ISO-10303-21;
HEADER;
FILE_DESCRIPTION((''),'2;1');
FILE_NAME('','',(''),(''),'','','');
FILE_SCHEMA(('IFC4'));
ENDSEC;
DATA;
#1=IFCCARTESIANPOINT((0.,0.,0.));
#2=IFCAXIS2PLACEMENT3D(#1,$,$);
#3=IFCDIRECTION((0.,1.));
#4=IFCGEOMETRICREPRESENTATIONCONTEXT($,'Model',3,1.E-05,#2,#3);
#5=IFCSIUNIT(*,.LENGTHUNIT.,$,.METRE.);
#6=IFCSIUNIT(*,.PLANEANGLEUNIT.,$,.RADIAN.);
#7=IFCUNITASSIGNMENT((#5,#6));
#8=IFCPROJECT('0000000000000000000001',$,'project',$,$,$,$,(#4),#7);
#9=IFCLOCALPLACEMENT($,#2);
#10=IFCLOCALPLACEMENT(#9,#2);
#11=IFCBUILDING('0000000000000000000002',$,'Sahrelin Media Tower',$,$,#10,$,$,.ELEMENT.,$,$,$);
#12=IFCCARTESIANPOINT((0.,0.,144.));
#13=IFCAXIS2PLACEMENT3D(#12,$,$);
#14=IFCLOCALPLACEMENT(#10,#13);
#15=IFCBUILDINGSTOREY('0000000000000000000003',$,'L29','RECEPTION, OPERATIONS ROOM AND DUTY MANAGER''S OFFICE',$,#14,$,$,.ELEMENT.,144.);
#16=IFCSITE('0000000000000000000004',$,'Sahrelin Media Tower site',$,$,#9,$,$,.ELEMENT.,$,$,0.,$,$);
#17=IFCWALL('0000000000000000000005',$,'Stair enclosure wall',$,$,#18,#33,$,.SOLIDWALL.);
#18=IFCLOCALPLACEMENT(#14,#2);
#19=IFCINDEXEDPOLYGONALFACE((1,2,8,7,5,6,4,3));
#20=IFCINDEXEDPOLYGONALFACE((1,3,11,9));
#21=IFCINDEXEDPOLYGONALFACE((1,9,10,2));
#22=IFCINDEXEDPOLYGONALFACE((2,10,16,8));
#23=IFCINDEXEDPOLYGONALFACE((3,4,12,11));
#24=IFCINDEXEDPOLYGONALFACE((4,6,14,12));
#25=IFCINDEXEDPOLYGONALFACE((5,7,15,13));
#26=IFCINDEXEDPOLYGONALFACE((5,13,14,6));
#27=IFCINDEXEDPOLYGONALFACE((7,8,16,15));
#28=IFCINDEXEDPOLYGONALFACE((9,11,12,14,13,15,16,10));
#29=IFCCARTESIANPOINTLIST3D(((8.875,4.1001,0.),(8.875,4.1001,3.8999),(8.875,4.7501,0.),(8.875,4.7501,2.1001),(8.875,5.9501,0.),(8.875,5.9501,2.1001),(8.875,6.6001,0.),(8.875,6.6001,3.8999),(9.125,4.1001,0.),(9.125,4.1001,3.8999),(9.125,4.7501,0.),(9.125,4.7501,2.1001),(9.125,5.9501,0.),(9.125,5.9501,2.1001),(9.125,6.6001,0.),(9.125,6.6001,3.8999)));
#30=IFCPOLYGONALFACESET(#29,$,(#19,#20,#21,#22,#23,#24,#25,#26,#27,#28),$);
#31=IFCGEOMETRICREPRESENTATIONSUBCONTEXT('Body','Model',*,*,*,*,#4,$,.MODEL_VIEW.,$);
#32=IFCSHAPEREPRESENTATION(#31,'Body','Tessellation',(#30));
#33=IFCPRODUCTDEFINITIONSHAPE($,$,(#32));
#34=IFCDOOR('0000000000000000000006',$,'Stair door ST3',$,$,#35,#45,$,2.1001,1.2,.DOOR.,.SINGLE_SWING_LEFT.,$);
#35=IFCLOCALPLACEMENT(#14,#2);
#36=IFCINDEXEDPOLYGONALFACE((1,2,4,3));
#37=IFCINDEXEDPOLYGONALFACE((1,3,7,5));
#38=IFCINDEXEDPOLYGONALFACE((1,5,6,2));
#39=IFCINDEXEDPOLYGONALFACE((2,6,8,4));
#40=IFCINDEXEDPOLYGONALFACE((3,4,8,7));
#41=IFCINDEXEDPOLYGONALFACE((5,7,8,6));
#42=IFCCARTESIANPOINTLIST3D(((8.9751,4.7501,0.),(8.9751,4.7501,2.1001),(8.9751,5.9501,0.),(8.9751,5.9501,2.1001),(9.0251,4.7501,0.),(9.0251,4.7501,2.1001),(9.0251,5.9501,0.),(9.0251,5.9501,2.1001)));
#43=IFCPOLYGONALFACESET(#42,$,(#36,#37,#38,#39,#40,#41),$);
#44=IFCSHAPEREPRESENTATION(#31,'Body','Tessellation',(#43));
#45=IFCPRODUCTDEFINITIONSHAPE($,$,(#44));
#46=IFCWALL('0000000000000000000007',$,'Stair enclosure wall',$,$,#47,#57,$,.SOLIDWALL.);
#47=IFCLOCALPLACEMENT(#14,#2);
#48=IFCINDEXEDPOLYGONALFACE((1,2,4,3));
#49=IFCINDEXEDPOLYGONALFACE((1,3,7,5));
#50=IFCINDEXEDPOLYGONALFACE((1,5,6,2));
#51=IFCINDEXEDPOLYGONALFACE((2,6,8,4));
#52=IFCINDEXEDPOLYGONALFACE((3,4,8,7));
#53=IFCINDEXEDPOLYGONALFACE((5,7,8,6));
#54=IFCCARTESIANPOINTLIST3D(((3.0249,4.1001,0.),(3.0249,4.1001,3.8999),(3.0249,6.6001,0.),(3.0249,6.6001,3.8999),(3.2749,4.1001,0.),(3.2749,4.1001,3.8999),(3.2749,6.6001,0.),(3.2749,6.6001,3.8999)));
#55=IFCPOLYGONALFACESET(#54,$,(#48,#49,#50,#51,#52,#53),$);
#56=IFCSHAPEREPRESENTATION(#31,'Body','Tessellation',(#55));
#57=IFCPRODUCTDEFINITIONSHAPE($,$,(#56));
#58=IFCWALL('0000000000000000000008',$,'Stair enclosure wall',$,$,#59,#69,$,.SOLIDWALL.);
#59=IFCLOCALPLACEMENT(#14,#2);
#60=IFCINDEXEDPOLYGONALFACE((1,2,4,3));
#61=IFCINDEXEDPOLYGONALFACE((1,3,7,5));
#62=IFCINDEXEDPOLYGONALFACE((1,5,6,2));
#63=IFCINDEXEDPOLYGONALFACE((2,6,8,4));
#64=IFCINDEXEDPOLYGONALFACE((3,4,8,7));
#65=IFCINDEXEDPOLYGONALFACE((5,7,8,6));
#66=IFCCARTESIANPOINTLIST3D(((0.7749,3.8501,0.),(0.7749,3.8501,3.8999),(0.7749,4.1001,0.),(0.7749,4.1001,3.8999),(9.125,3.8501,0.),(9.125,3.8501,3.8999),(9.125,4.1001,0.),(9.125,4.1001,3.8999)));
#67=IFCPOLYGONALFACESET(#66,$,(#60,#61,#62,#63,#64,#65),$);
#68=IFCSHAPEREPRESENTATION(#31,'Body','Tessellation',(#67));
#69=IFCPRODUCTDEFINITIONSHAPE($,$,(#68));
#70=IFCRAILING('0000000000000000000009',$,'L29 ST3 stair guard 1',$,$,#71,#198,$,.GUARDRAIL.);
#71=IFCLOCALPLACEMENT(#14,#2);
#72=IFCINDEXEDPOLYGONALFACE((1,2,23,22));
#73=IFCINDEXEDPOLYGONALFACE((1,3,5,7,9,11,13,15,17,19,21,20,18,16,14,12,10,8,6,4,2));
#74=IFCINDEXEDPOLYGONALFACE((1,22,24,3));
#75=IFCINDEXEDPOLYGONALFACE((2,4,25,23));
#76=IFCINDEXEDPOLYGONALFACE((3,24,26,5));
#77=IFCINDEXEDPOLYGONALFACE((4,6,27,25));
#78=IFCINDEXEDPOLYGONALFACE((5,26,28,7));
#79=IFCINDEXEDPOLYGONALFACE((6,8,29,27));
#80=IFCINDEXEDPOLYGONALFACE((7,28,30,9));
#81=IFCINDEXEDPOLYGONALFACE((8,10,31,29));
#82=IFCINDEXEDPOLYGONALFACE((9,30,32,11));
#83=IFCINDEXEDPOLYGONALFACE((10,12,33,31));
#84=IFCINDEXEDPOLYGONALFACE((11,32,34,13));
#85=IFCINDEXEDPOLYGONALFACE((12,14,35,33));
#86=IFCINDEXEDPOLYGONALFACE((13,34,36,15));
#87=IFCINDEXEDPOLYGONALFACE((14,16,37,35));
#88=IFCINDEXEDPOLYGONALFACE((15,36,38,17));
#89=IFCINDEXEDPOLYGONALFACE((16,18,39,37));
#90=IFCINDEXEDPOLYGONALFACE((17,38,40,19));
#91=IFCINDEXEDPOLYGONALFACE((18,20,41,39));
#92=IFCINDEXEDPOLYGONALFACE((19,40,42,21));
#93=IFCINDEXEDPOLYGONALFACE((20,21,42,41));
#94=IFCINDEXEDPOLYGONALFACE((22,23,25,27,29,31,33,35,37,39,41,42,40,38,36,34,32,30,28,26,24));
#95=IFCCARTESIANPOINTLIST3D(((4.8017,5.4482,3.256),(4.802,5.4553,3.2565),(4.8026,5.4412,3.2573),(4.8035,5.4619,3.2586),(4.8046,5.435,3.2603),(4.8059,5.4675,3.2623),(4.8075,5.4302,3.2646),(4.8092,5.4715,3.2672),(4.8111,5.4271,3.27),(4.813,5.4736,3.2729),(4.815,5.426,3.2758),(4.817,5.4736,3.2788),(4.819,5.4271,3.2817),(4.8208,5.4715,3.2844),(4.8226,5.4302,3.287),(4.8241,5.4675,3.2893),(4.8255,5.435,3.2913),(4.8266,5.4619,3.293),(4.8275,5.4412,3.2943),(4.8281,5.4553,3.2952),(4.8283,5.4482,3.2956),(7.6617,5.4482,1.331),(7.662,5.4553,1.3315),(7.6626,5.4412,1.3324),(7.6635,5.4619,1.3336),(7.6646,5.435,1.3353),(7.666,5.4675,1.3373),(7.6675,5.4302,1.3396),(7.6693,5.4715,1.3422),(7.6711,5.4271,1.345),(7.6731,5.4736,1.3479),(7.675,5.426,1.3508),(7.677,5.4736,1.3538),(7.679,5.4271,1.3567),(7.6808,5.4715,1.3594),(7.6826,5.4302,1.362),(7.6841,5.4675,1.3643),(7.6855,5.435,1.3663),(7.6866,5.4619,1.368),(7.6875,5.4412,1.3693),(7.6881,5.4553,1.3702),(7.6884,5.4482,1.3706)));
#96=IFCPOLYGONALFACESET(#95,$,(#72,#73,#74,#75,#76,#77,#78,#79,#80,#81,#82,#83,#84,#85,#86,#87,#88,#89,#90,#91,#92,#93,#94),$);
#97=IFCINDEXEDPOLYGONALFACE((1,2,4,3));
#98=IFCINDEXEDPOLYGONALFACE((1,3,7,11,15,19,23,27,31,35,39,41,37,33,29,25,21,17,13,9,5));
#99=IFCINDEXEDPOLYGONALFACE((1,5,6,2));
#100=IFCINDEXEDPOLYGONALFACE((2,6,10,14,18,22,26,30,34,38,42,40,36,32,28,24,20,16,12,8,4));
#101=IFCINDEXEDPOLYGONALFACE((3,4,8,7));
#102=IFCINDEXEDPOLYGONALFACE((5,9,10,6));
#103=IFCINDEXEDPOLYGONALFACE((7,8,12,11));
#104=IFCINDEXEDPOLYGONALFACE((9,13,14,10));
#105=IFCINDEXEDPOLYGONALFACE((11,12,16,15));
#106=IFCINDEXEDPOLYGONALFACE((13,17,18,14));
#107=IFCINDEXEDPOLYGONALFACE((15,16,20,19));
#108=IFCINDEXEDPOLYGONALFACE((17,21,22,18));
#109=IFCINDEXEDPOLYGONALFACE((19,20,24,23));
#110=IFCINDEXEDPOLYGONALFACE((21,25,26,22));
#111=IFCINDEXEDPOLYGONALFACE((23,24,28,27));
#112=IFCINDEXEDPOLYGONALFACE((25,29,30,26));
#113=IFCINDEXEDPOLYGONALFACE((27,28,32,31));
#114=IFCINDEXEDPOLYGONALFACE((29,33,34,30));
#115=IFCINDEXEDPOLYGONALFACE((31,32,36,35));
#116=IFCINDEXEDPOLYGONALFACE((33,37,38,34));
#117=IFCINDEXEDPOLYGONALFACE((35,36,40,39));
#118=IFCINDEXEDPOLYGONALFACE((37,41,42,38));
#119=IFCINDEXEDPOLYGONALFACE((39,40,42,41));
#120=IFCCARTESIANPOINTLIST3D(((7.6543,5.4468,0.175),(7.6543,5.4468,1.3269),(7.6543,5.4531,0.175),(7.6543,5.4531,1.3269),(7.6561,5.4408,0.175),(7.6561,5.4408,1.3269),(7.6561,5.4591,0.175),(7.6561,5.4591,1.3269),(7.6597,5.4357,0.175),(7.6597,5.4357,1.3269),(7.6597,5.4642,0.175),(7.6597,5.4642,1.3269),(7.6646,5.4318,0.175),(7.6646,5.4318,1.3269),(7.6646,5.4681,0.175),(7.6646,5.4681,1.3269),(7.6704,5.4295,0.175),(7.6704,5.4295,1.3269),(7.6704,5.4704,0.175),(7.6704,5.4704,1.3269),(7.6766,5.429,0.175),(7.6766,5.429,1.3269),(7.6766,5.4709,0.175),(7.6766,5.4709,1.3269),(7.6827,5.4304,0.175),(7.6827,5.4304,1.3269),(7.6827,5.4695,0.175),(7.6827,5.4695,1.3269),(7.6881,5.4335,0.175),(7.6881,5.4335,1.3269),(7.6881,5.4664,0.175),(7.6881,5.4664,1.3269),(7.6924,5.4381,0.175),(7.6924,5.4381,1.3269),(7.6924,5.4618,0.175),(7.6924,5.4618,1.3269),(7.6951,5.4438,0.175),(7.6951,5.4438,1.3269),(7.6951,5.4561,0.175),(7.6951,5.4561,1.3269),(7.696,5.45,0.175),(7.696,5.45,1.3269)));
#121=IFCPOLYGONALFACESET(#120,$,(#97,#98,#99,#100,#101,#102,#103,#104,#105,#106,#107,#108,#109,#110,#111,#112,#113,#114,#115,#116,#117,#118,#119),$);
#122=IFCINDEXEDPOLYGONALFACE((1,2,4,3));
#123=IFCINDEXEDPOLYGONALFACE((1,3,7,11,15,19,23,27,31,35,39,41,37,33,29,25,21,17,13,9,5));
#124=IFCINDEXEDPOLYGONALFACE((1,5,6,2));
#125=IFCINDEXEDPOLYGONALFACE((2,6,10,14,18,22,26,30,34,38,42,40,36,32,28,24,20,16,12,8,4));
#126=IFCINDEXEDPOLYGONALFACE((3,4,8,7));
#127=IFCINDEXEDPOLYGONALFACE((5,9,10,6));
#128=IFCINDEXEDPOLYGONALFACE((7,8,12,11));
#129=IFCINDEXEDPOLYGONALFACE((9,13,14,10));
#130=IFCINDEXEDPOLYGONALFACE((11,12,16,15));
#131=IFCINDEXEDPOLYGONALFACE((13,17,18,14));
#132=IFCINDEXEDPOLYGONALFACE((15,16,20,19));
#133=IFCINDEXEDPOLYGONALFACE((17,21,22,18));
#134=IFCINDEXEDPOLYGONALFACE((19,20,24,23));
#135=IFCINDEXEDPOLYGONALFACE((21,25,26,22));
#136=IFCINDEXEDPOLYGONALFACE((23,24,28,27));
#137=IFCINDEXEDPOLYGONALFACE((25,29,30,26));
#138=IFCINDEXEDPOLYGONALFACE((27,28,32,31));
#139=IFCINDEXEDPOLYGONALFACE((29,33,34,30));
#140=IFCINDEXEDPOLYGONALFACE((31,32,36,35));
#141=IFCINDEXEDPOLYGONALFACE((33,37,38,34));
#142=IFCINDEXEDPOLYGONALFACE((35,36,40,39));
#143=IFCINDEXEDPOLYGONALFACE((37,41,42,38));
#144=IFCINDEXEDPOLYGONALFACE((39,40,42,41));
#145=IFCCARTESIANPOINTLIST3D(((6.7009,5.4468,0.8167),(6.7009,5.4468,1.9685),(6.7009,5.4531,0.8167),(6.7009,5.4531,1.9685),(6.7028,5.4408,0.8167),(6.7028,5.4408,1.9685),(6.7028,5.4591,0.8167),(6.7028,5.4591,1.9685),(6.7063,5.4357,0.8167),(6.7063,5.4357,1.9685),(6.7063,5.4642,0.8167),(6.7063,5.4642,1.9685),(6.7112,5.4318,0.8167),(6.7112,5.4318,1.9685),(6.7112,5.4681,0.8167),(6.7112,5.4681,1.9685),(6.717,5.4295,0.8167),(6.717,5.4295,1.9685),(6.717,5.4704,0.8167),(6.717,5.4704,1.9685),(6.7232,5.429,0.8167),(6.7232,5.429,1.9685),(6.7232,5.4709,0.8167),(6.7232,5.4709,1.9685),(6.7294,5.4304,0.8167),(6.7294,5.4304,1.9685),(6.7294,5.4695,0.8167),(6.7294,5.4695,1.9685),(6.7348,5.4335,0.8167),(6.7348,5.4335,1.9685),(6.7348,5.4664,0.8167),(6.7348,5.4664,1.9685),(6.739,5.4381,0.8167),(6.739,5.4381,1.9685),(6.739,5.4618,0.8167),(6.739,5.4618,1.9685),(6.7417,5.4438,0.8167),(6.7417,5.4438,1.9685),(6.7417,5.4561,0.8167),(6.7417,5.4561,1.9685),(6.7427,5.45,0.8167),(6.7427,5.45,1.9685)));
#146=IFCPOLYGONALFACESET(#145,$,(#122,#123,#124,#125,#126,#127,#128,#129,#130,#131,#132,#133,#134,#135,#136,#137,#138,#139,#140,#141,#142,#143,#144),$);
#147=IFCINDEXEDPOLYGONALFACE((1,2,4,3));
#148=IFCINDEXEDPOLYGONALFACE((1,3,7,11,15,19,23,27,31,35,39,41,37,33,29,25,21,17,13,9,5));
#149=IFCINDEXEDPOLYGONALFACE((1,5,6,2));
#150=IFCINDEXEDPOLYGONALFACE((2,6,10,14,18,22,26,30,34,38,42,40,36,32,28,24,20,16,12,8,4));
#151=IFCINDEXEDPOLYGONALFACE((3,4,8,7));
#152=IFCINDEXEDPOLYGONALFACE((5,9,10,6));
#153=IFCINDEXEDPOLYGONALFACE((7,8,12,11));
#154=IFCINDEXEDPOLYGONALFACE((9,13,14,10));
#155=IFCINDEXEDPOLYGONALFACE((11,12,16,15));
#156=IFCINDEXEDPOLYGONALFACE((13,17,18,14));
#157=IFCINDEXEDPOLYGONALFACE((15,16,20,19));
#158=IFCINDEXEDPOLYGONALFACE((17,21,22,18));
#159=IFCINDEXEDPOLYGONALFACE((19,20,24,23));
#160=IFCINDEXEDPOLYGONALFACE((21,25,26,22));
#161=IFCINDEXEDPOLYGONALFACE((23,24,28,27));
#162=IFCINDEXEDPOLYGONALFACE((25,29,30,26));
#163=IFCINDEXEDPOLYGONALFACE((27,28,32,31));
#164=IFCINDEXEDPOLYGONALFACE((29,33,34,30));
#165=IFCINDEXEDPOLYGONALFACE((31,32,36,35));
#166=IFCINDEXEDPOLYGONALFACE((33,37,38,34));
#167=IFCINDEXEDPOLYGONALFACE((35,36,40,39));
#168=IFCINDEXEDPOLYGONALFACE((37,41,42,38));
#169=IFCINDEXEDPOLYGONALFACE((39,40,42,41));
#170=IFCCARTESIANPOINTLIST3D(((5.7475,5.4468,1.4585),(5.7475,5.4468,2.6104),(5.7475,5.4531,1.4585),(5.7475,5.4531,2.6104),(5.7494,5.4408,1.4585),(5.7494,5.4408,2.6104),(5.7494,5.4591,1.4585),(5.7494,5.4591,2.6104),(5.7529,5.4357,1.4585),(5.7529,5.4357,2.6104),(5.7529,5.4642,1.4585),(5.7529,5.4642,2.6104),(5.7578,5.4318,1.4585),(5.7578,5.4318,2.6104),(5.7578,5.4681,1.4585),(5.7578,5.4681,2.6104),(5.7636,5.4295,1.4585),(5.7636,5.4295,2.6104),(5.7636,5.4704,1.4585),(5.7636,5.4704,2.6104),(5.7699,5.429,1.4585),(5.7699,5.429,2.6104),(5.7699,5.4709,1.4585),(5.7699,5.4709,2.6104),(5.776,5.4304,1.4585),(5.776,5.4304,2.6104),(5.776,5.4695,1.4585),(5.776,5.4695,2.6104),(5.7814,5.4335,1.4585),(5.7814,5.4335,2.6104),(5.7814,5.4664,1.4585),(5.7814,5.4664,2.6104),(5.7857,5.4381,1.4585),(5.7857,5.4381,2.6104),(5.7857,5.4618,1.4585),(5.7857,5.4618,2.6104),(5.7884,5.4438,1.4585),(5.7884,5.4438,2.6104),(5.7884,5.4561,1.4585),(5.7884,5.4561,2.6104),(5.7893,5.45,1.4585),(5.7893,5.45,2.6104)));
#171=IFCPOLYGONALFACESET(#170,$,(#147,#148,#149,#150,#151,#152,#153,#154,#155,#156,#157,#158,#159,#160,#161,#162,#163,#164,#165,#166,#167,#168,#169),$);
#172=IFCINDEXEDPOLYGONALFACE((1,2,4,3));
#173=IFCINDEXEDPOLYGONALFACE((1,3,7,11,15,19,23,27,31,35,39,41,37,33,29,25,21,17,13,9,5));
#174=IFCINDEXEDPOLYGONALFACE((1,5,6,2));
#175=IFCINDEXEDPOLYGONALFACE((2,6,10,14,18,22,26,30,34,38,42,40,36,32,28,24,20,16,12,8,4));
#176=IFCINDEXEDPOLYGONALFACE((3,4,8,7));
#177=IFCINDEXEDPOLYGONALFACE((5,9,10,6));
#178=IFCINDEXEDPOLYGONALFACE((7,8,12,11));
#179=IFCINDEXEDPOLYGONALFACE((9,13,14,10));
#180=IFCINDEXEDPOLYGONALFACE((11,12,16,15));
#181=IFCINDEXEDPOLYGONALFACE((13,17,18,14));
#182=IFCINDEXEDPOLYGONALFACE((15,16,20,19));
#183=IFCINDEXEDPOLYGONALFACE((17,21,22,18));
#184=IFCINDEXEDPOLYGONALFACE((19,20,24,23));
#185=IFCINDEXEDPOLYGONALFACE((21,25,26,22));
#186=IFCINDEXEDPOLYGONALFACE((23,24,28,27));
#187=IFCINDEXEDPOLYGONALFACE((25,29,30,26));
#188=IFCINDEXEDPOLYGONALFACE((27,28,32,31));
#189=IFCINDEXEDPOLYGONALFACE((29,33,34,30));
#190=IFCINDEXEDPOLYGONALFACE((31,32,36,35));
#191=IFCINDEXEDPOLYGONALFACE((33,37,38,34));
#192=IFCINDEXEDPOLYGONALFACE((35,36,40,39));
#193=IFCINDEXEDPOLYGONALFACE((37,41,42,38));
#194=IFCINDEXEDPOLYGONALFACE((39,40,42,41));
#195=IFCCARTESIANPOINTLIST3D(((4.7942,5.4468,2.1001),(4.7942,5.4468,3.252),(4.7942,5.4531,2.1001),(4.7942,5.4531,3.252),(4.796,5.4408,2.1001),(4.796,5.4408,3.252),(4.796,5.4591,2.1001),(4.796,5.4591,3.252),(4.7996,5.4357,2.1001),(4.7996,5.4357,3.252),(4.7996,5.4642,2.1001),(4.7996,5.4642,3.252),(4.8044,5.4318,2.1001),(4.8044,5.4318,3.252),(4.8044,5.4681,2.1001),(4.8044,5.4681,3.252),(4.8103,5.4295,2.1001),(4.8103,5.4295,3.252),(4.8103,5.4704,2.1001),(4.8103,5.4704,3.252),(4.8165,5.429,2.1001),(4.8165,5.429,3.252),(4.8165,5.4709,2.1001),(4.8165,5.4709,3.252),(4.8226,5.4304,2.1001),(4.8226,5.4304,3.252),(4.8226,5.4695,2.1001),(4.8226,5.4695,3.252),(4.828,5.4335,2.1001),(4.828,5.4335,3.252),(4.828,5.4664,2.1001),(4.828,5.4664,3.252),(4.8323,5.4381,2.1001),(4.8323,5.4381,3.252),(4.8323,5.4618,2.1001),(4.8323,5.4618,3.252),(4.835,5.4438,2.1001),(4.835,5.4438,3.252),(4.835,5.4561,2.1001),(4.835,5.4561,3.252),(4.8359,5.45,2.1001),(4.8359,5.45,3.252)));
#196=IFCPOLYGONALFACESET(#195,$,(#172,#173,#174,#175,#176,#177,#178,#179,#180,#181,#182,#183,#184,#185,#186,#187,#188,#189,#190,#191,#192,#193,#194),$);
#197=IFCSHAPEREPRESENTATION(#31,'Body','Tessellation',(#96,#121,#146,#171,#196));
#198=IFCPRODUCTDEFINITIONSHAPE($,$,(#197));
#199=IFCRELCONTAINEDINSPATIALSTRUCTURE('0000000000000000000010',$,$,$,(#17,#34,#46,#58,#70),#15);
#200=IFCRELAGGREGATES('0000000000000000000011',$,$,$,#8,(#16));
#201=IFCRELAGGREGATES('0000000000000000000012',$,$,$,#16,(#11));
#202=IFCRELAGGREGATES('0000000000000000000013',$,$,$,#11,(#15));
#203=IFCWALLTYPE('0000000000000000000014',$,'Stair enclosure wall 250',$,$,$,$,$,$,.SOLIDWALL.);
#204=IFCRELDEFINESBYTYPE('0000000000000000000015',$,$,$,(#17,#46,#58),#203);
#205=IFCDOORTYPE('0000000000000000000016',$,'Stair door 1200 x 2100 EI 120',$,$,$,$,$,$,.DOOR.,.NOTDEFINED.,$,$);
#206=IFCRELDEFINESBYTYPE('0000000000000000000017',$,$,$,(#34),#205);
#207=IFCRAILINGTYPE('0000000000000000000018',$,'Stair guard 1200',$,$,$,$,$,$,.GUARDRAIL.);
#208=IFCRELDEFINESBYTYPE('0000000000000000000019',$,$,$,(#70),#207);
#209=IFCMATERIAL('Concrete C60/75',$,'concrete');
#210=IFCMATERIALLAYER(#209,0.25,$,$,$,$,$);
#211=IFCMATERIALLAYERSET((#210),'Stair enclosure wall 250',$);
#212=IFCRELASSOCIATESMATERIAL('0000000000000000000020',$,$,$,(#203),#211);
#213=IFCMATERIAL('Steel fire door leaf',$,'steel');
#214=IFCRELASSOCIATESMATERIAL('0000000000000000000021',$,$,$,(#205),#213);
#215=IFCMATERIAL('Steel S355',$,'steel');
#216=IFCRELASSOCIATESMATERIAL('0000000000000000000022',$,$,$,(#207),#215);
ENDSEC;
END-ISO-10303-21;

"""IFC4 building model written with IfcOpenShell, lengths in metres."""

from ifc_helpers import new_model, si_unit, direction, frame, frame_2d, origin, origin_2d, place, context, subcontext, project, spatial, rectangle, circle, extrude, material, layer, layer_set, type_object, element, fill, save


model = new_model("IFC4")

# Units and contexts
model_context = context("Model", 3, precision=1e-05, world=origin(), true_north=direction((0.0, 1.0)))
body_context = subcontext(model_context, "Body", "Model", "MODEL_VIEW")
ifc_project = project(units=[si_unit("LENGTHUNIT", "METRE"), si_unit("PLANEANGLEUNIT", "RADIAN")], contexts=[model_context])

# Site, building, storey
site_placement = place(None, origin())
site = spatial("IfcSite", under=ifc_project, at=site_placement, Name="Sahrelin Media Tower site", CompositionType="ELEMENT", RefElevation=0.0)
building_placement = place(site_placement, origin())
building = spatial("IfcBuilding", under=site, at=building_placement, Name="Sahrelin Media Tower", CompositionType="ELEMENT")
storey_placement = place(building_placement, frame((0.0, 0.0, 144.0)))
storey = spatial("IfcBuildingStorey", under=building, at=storey_placement, Name="L29", Description="RECEPTION, OPERATIONS ROOM AND DUTY MANAGER'S OFFICE", CompositionType="ELEMENT", Elevation=144.0)

# Shared definitions
ifc_material_1 = material(Name="Steel S355", Category="steel")

# Shared definitions
ifc_material_2 = material(Name="Steel fire door leaf", Category="steel")

# Shared definitions
ifc_material_3 = material(Name="Concrete C60/75", Category="concrete")

# Wall, opening, door
ifc_layer_1 = layer(ifc_material_3, 0.25)
ifc_layer_set_1 = layer_set([ifc_layer_1], Name="Stair enclosure wall 250")
wall_type_1 = type_object("IfcWallType", Name="Stair enclosure wall 250", PredefinedType="SOLIDWALL", material=ifc_layer_set_1)
wall_1_placement = place(storey_placement, frame((9.0, 4.1001, 0.0), z_axis=(0.0, 0.0, 1.0), x_axis=(0.0, 1.0, 0.0)))
wall_1 = element("IfcWall", 1, at=wall_1_placement, inside=storey, type_object=wall_type_1, Name="Stair enclosure wall", PredefinedType="SOLIDWALL", context=body_context, shape_type="SweptSolid", body=[
    extrude(rectangle(XDim=2.5, YDim=0.25, at=frame_2d((1.25, 0.0))), origin(), (0.0, 0.0, 1.0), 3.8999),
])
opening_1_placement = place(wall_1_placement, frame((0.6499, 0.0, 0.0)))
opening_1 = element("IfcOpeningElement", 2, at=opening_1_placement, cuts=wall_1, PredefinedType="OPENING", context=body_context, shape_type="SweptSolid", body=[
    extrude(rectangle(XDim=1.2, YDim=2.1001, at=frame_2d((0.6001, 1.05))), frame((0.0, 0.125, 0.0), z_axis=(0.0, -1.0, 0.0), x_axis=(1.0, 0.0, 0.0)), (0.0, 0.0, 1.0), 0.25),
])
door_type_1 = type_object("IfcDoorType", Name="Stair door 1200 x 2100 EI 120", OperationType="NOTDEFINED", PredefinedType="DOOR", material=ifc_material_2)
door_1_placement = place(opening_1_placement, origin())
door_1 = element("IfcDoor", 3, at=door_1_placement, inside=storey, type_object=door_type_1, Name="Stair door ST3", OperationType="SINGLE_SWING_LEFT", OverallHeight=2.1001, OverallWidth=1.2, PredefinedType="DOOR", context=body_context, shape_type="SweptSolid", body=[
    extrude(rectangle(XDim=1.2, YDim=2.1001, at=frame_2d((0.6001, 1.05))), frame((0.0, 0.0249, 0.0), z_axis=(0.0, -1.0, 0.0), x_axis=(1.0, 0.0, 0.0)), (0.0, 0.0, 1.0), 0.05),
])
fill(opening_1, door_1)

# Walls
wall_2_placement = place(storey_placement, frame((3.1499, 4.1001, 0.0), z_axis=(0.0, 0.0, 1.0), x_axis=(0.0, 1.0, 0.0)))
element("IfcWall", 4, at=wall_2_placement, inside=storey, type_object=wall_type_1, Name="Stair enclosure wall", PredefinedType="SOLIDWALL", context=body_context, shape_type="SweptSolid", body=[
    extrude(rectangle(XDim=2.5, YDim=0.25, at=frame_2d((1.25, 0.0))), origin(), (0.0, 0.0, 1.0), 3.8999),
])
wall_3_placement = place(storey_placement, frame((0.7749, 3.9751, 0.0), z_axis=(0.0, 0.0, 1.0), x_axis=(1.0, 0.0, 0.0)))
element("IfcWall", 5, at=wall_3_placement, inside=storey, type_object=wall_type_1, Name="Stair enclosure wall", PredefinedType="SOLIDWALL", context=body_context, shape_type="SweptSolid", body=[
    extrude(rectangle(XDim=8.3501, YDim=0.25, at=frame_2d((4.175, 0.0))), origin(), (0.0, 0.0, 1.0), 3.8999),
])

# Railing
railing_type_1 = type_object("IfcRailingType", Name="Stair guard 1200", PredefinedType="GUARDRAIL", material=ifc_material_1)
railing_1_placement = place(storey_placement, frame((7.675, 5.45, 0.175)))
element("IfcRailing", 6, at=railing_1_placement, inside=storey, type_object=railing_type_1, Name="L29 ST3 stair guard 1", PredefinedType="GUARDRAIL", context=body_context, shape_type="SweptSolid", body=[
    extrude(circle(Radius=0.0239, at=origin_2d()), frame((0.0, 0.0, 1.1758), z_axis=(-0.829591, 0.0, 0.558372), x_axis=(0.0, -1.0, 0.0)), (0.0, 0.0, 1.0), 3.4475),
    extrude(circle(Radius=0.021, at=origin_2d()), origin(), (0.0, 0.0, 1.0), 1.1519),
    extrude(circle(Radius=0.021, at=origin_2d()), frame((-0.9534, 0.0, 0.6416)), (0.0, 0.0, 1.0), 1.1519),
    extrude(circle(Radius=0.021, at=origin_2d()), frame((-1.9067, 0.0, 1.2834)), (0.0, 0.0, 1.0), 1.1519),
    extrude(circle(Radius=0.021, at=origin_2d()), frame((-2.8601, 0.0, 1.925)), (0.0, 0.0, 1.0), 1.1519),
])

save(model, "model.ifc")
